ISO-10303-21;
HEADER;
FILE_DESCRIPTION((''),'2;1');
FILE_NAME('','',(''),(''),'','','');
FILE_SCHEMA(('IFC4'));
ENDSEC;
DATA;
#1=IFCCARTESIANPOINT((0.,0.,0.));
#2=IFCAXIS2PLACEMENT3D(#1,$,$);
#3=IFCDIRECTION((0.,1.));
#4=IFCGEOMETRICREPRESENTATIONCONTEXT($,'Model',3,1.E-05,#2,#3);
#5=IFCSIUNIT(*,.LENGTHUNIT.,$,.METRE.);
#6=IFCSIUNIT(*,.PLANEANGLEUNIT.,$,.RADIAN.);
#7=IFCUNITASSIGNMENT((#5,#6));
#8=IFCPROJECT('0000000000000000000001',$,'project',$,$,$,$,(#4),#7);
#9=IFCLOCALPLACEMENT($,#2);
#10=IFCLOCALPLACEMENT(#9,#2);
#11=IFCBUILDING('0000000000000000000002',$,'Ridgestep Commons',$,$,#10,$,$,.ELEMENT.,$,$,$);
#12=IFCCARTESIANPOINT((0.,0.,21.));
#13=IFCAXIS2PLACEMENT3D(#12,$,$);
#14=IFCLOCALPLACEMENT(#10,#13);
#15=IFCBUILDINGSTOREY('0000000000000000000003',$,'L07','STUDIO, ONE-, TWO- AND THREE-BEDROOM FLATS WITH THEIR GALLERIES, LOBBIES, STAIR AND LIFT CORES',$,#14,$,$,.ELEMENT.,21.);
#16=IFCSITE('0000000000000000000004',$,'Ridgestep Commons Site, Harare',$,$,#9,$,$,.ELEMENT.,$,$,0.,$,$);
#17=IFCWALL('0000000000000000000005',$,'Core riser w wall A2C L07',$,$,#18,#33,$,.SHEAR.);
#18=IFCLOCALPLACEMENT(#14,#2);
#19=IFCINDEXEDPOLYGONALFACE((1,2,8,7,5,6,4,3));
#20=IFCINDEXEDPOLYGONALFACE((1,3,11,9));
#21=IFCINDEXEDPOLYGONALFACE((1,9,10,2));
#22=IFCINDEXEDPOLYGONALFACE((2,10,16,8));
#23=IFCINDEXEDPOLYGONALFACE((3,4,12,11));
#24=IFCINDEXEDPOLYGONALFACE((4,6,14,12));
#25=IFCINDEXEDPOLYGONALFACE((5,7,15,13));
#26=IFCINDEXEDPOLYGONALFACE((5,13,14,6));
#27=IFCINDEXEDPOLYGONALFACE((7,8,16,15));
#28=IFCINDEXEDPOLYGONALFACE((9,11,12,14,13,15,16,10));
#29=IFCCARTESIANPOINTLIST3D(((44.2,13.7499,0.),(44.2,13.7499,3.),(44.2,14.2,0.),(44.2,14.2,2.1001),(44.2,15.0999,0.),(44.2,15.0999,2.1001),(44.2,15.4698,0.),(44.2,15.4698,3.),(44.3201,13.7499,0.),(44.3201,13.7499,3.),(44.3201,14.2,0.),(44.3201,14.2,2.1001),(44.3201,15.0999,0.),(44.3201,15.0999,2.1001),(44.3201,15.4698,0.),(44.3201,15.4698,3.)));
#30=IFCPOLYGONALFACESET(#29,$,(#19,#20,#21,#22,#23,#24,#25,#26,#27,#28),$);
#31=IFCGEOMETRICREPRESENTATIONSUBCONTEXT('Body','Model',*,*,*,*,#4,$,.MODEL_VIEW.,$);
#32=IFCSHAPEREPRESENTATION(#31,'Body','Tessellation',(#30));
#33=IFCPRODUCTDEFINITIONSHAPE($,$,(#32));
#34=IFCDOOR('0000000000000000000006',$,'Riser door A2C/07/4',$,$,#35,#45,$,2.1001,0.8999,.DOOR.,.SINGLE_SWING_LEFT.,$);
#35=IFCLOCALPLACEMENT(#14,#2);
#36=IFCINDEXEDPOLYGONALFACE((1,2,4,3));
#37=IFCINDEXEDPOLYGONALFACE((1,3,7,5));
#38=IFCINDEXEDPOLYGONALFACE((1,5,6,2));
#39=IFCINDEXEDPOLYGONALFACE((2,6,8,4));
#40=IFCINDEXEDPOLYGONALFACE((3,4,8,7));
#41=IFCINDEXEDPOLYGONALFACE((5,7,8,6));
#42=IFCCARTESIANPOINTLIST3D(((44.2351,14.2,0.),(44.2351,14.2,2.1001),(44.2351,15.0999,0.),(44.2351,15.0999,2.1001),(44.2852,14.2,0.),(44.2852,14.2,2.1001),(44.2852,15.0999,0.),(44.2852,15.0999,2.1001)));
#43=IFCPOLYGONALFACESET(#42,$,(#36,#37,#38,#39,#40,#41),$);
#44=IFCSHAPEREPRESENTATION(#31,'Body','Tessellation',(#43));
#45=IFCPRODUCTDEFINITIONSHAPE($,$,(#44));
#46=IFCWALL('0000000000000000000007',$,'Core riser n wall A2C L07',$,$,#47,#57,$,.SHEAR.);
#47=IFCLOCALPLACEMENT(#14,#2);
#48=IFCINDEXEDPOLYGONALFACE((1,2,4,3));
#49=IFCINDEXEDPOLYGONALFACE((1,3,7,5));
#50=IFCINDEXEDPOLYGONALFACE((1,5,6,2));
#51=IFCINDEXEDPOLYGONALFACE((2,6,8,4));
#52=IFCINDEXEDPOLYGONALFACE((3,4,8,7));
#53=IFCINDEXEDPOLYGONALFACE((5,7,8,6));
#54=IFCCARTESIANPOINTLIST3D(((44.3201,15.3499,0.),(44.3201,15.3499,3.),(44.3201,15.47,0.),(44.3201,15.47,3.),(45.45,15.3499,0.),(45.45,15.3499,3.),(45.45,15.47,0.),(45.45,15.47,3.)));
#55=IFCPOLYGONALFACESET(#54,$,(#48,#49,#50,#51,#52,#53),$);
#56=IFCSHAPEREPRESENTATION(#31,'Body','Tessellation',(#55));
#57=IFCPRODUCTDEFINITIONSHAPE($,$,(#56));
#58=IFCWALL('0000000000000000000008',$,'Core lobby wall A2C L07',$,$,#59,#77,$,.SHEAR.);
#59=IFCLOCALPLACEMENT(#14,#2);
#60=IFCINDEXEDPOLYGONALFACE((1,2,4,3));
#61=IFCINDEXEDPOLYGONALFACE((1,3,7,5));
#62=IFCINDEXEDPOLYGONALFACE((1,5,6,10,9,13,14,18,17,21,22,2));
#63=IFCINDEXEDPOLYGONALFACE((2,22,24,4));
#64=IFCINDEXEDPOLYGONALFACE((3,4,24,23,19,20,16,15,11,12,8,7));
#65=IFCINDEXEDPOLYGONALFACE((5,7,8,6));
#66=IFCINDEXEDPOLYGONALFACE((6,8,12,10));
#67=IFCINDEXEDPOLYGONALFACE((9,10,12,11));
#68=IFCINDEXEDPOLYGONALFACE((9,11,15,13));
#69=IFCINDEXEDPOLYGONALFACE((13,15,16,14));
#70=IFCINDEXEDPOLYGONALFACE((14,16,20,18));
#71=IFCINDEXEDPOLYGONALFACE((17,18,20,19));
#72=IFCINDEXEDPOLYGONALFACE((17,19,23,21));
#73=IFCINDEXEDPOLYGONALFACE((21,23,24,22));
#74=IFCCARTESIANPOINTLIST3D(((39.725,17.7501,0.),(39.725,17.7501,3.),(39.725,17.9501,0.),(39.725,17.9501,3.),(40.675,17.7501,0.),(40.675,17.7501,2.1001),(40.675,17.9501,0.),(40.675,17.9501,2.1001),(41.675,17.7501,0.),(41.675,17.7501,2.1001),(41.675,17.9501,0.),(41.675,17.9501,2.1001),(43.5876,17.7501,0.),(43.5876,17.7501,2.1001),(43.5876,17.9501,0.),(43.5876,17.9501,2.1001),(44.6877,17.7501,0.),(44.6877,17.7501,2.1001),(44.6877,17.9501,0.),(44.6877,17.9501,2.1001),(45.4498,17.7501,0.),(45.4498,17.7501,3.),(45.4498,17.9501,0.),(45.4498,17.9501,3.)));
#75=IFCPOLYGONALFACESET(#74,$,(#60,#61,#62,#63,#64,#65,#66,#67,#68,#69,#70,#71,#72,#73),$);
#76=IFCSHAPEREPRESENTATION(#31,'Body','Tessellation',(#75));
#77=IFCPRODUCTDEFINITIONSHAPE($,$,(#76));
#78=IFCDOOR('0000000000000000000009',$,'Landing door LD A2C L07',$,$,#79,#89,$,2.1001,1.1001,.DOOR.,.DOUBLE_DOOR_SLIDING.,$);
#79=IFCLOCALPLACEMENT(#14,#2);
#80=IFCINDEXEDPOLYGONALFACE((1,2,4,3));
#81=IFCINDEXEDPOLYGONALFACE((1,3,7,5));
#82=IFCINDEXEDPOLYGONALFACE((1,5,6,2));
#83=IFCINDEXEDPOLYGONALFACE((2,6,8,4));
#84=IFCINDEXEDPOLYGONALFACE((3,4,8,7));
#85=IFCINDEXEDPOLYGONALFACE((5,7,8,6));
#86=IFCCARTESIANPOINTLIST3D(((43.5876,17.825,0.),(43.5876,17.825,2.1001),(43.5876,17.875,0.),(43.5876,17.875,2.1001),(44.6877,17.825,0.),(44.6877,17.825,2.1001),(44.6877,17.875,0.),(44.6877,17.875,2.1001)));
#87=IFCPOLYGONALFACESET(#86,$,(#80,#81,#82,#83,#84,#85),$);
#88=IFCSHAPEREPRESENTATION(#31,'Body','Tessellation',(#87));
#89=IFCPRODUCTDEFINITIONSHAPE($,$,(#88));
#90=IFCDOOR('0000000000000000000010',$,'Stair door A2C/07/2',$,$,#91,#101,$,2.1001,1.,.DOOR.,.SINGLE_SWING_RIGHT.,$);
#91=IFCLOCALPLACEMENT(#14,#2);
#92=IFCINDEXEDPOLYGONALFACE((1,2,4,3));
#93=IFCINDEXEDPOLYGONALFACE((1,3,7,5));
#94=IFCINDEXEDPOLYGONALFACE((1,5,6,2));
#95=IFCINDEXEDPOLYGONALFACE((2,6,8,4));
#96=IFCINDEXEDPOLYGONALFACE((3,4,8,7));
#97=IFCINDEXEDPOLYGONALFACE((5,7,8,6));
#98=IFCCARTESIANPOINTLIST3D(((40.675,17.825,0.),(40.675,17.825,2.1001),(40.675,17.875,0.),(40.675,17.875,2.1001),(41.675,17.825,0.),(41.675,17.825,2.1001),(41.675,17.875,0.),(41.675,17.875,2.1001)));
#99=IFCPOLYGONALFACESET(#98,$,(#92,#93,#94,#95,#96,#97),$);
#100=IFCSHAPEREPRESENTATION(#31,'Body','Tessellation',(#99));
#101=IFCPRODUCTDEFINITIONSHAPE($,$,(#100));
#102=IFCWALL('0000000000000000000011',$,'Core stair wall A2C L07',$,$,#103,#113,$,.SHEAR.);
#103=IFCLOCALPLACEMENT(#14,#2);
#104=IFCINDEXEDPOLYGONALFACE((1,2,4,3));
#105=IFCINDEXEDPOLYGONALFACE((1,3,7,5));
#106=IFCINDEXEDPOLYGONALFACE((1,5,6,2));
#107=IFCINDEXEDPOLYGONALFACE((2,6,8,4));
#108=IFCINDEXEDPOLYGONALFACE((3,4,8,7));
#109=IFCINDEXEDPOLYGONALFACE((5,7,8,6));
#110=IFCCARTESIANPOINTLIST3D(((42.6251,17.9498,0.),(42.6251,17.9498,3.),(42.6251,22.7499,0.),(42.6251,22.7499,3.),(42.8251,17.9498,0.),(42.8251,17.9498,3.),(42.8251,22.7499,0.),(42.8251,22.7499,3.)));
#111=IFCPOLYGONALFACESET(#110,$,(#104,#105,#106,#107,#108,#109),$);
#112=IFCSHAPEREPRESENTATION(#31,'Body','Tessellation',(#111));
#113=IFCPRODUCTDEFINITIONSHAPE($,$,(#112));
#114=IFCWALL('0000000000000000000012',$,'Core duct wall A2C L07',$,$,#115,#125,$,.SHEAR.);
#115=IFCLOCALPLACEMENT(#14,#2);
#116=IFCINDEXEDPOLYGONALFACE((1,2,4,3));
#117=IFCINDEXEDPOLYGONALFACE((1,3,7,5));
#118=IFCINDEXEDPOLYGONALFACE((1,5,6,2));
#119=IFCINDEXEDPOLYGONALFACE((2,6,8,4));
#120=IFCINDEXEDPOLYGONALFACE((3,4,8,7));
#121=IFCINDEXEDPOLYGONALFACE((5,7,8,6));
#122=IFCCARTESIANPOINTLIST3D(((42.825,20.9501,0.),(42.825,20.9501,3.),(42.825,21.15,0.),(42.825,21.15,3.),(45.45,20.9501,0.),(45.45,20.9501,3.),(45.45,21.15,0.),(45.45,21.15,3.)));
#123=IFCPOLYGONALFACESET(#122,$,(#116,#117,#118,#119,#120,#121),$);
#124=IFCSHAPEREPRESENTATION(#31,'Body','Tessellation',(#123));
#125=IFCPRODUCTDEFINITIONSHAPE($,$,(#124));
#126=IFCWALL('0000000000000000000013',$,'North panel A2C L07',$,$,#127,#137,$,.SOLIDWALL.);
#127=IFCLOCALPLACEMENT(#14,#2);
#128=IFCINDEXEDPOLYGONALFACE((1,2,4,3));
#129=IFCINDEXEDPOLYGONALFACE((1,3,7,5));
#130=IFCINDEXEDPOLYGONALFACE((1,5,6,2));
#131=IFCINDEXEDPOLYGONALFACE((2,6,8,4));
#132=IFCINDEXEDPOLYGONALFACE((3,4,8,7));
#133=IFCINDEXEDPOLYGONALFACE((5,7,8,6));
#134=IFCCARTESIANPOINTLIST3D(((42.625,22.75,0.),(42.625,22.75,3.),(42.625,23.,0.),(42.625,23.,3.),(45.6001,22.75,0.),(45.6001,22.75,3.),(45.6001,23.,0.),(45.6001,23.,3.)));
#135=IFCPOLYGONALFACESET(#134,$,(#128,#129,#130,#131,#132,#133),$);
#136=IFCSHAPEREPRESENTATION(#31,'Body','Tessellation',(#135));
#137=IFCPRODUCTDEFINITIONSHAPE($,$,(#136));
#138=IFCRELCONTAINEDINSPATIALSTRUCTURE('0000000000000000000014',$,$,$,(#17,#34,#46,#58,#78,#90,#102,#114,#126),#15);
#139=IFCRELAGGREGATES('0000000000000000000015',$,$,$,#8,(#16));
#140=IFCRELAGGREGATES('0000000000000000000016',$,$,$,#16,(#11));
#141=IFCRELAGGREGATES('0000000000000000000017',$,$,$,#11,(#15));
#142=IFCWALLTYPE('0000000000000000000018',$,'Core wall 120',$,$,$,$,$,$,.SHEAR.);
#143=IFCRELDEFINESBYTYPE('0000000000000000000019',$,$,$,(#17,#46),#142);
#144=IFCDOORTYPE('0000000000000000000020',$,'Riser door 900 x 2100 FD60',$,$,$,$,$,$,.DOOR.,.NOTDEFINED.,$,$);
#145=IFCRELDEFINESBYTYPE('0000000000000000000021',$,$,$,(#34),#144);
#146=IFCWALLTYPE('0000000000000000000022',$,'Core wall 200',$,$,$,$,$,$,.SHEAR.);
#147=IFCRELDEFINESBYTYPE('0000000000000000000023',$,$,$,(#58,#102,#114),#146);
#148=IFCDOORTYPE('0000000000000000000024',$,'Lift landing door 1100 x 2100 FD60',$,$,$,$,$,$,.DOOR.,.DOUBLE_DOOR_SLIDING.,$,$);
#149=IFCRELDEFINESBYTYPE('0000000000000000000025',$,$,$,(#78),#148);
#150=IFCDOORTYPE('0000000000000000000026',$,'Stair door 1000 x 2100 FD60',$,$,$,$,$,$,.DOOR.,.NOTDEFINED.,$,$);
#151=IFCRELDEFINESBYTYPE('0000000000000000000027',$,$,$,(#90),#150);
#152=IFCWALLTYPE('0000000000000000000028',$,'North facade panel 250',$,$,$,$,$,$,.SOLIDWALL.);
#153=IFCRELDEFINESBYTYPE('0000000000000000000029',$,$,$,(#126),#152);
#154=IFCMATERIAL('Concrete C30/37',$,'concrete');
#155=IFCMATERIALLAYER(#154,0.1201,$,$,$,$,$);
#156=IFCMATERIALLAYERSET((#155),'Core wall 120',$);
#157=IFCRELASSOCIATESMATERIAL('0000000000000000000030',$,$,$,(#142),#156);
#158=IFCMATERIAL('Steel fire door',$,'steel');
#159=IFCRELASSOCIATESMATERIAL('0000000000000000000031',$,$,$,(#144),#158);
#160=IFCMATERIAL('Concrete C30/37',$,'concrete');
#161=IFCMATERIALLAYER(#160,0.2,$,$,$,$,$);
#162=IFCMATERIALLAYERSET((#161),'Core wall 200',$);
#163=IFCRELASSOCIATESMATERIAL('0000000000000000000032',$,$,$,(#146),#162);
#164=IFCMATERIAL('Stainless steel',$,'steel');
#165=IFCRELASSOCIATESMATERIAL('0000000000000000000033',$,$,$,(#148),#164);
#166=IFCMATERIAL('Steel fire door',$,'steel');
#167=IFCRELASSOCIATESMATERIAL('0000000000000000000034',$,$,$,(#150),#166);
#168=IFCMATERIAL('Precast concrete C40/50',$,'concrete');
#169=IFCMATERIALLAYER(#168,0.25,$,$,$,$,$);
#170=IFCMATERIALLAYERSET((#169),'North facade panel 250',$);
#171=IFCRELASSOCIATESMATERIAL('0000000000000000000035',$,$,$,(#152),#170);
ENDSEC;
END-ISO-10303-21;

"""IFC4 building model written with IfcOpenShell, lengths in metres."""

from ifc_helpers import new_model, si_unit, direction, frame, frame_2d, origin, place, context, subcontext, project, spatial, rectangle, extrude, material, layer, layer_set, type_object, element, fill, save


model = new_model("IFC4")

# Units and contexts
model_context = context("Model", 3, precision=1e-05, world=origin(), true_north=direction((0.0, 1.0)))
body_context = subcontext(model_context, "Body", "Model", "MODEL_VIEW")
ifc_project = project(units=[si_unit("LENGTHUNIT", "METRE"), si_unit("PLANEANGLEUNIT", "RADIAN")], contexts=[model_context])

# Site, building, storey
site_placement = place(None, origin())
site = spatial("IfcSite", under=ifc_project, at=site_placement, Name="Ridgestep Commons Site, Harare", CompositionType="ELEMENT", RefElevation=0.0)
building_placement = place(site_placement, origin())
building = spatial("IfcBuilding", under=site, at=building_placement, Name="Ridgestep Commons", CompositionType="ELEMENT")
storey_placement = place(building_placement, frame((0.0, 0.0, 21.0)))
storey = spatial("IfcBuildingStorey", under=building, at=storey_placement, Name="L07", Description="STUDIO, ONE-, TWO- AND THREE-BEDROOM FLATS WITH THEIR GALLERIES, LOBBIES, STAIR AND LIFT CORES", CompositionType="ELEMENT", Elevation=21.0)

# Wall, opening, door
ifc_material_1 = material(Name="Concrete C30/37", Category="concrete")
ifc_layer_1 = layer(ifc_material_1, 0.1201)
ifc_layer_set_1 = layer_set([ifc_layer_1], Name="Core wall 120")
wall_type_1 = type_object("IfcWallType", Name="Core wall 120", PredefinedType="SHEAR", material=ifc_layer_set_1)
wall_1_placement = place(storey_placement, frame((44.26, 13.75, 0.0), z_axis=(0.0, 0.0, 1.0), x_axis=(0.0, 1.0, 0.0)))
wall_1 = element("IfcWall", 1, at=wall_1_placement, inside=storey, type_object=wall_type_1, Name="Core riser w wall A2C L07", PredefinedType="SHEAR", context=body_context, shape_type="SweptSolid", body=[
    extrude(rectangle(XDim=1.72, YDim=0.1201, at=frame_2d((0.8599, 0.0))), origin(), (0.0, 0.0, 1.0), 3.0),
])
opening_1_placement = place(wall_1_placement, frame((0.45, 0.0, 0.0)))
opening_1 = element("IfcOpeningElement", 2, at=opening_1_placement, cuts=wall_1, PredefinedType="OPENING", context=body_context, shape_type="SweptSolid", body=[
    extrude(rectangle(XDim=0.8999, YDim=2.1001, at=frame_2d((0.45, 1.05))), frame((0.0, 0.0701, 0.0), z_axis=(0.0, -1.0, 0.0), x_axis=(1.0, 0.0, 0.0)), (0.0, 0.0, 1.0), 0.1401),
])
ifc_material_2 = material(Name="Steel fire door", Category="steel")
door_type_1 = type_object("IfcDoorType", Name="Riser door 900 x 2100 FD60", OperationType="NOTDEFINED", PredefinedType="DOOR", material=ifc_material_2)
door_1_placement = place(opening_1_placement, origin())
door_1 = element("IfcDoor", 3, at=door_1_placement, inside=storey, type_object=door_type_1, Name="Riser door A2C/07/4", OperationType="SINGLE_SWING_LEFT", OverallHeight=2.1001, OverallWidth=0.8999, PredefinedType="DOOR", context=body_context, shape_type="SweptSolid", body=[
    extrude(rectangle(XDim=0.8999, YDim=2.1001, at=frame_2d((0.45, 1.05))), frame((0.0, 0.0249, 0.0), z_axis=(0.0, -1.0, 0.0), x_axis=(1.0, 0.0, 0.0)), (0.0, 0.0, 1.0), 0.05),
])
fill(opening_1, door_1)

# Wall
wall_2_placement = place(storey_placement, frame((44.3201, 15.4099, 0.0), z_axis=(0.0, 0.0, 1.0), x_axis=(1.0, 0.0, 0.0)))
element("IfcWall", 4, at=wall_2_placement, inside=storey, type_object=wall_type_1, Name="Core riser n wall A2C L07", PredefinedType="SHEAR", context=body_context, shape_type="SweptSolid", body=[
    extrude(rectangle(XDim=1.1299, YDim=0.1201, at=frame_2d((0.5649, 0.0))), origin(), (0.0, 0.0, 1.0), 3.0),
])

# Wall, openings, doors
ifc_material_3 = material(Name="Concrete C30/37", Category="concrete")
ifc_layer_2 = layer(ifc_material_3, 0.2)
ifc_layer_set_2 = layer_set([ifc_layer_2], Name="Core wall 200")
wall_type_2 = type_object("IfcWallType", Name="Core wall 200", PredefinedType="SHEAR", material=ifc_layer_set_2)
wall_3_placement = place(storey_placement, frame((39.7251, 17.8501, 0.0), z_axis=(0.0, 0.0, 1.0), x_axis=(1.0, 0.0, 0.0)))
wall_3 = element("IfcWall", 5, at=wall_3_placement, inside=storey, type_object=wall_type_2, Name="Core lobby wall A2C L07", PredefinedType="SHEAR", context=body_context, shape_type="SweptSolid", body=[
    extrude(rectangle(XDim=5.7249, YDim=0.2, at=frame_2d((2.8623, 0.0))), origin(), (0.0, 0.0, 1.0), 3.0),
])
opening_2_placement = place(wall_3_placement, frame((0.95, 0.0, 0.0)))
opening_2 = element("IfcOpeningElement", 6, at=opening_2_placement, cuts=wall_3, PredefinedType="OPENING", context=body_context, shape_type="SweptSolid", body=[
    extrude(rectangle(XDim=1.0, YDim=2.1001, at=frame_2d((0.5, 1.05))), frame((0.0, 0.1099, 0.0), z_axis=(0.0, -1.0, 0.0), x_axis=(1.0, 0.0, 0.0)), (0.0, 0.0, 1.0), 0.22),
])
opening_3_placement = place(wall_3_placement, frame((3.8625, 0.0, 0.0)))
opening_3 = element("IfcOpeningElement", 7, at=opening_3_placement, cuts=wall_3, PredefinedType="OPENING", context=body_context, shape_type="SweptSolid", body=[
    extrude(rectangle(XDim=1.1001, YDim=2.1001, at=frame_2d((0.55, 1.05))), frame((0.0, 0.1099, 0.0), z_axis=(0.0, -1.0, 0.0), x_axis=(1.0, 0.0, 0.0)), (0.0, 0.0, 1.0), 0.22),
])
ifc_material_4 = material(Name="Stainless steel", Category="steel")
door_type_2 = type_object("IfcDoorType", Name="Lift landing door 1100 x 2100 FD60", OperationType="DOUBLE_DOOR_SLIDING", PredefinedType="DOOR", material=ifc_material_4)
door_2_placement = place(opening_3_placement, origin())
door_2 = element("IfcDoor", 8, at=door_2_placement, inside=storey, type_object=door_type_2, Name="Landing door LD A2C L07", OperationType="DOUBLE_DOOR_SLIDING", OverallHeight=2.1001, OverallWidth=1.1001, PredefinedType="DOOR", context=body_context, shape_type="SweptSolid", body=[
    extrude(rectangle(XDim=1.1001, YDim=2.1001, at=frame_2d((0.55, 1.05))), frame((0.0, 0.0249, 0.0), z_axis=(0.0, -1.0, 0.0), x_axis=(1.0, 0.0, 0.0)), (0.0, 0.0, 1.0), 0.05),
])
fill(opening_3, door_2)
ifc_material_5 = material(Name="Steel fire door", Category="steel")
door_type_3 = type_object("IfcDoorType", Name="Stair door 1000 x 2100 FD60", OperationType="NOTDEFINED", PredefinedType="DOOR", material=ifc_material_5)
door_3_placement = place(opening_2_placement, origin())
door_3 = element("IfcDoor", 9, at=door_3_placement, inside=storey, type_object=door_type_3, Name="Stair door A2C/07/2", OperationType="SINGLE_SWING_RIGHT", OverallHeight=2.1001, OverallWidth=1.0, PredefinedType="DOOR", context=body_context, shape_type="SweptSolid", body=[
    extrude(rectangle(XDim=1.0, YDim=2.1001, at=frame_2d((0.5, 1.05))), frame((0.0, 0.0249, 0.0), z_axis=(0.0, -1.0, 0.0), x_axis=(1.0, 0.0, 0.0)), (0.0, 0.0, 1.0), 0.05),
])
fill(opening_2, door_3)

# Walls
wall_4_placement = place(storey_placement, frame((42.7251, 17.95, 0.0), z_axis=(0.0, 0.0, 1.0), x_axis=(0.0, 1.0, 0.0)))
element("IfcWall", 10, at=wall_4_placement, inside=storey, type_object=wall_type_2, Name="Core stair wall A2C L07", PredefinedType="SHEAR", context=body_context, shape_type="SweptSolid", body=[
    extrude(rectangle(XDim=4.8, YDim=0.2, at=frame_2d((2.3999, 0.0))), origin(), (0.0, 0.0, 1.0), 3.0),
])
wall_5_placement = place(storey_placement, frame((42.825, 21.05, 0.0), z_axis=(0.0, 0.0, 1.0), x_axis=(1.0, 0.0, 0.0)))
element("IfcWall", 11, at=wall_5_placement, inside=storey, type_object=wall_type_2, Name="Core duct wall A2C L07", PredefinedType="SHEAR", context=body_context, shape_type="SweptSolid", body=[
    extrude(rectangle(XDim=2.625, YDim=0.2, at=frame_2d((1.3125, 0.0))), origin(), (0.0, 0.0, 1.0), 3.0),
])
ifc_material_6 = material(Name="Precast concrete C40/50", Category="concrete")
ifc_layer_3 = layer(ifc_material_6, 0.25)
ifc_layer_set_3 = layer_set([ifc_layer_3], Name="North facade panel 250")
wall_type_3 = type_object("IfcWallType", Name="North facade panel 250", PredefinedType="SOLIDWALL", material=ifc_layer_set_3)
wall_6_placement = place(storey_placement, frame((42.625, 22.875, 0.0), z_axis=(0.0, 0.0, 1.0), x_axis=(1.0, 0.0, 0.0)))
element("IfcWall", 12, at=wall_6_placement, inside=storey, type_object=wall_type_3, Name="North panel A2C L07", PredefinedType="SOLIDWALL", context=body_context, shape_type="SweptSolid", body=[
    extrude(rectangle(XDim=2.9751, YDim=0.25, at=frame_2d((1.4875, 0.0))), origin(), (0.0, 0.0, 1.0), 3.0),
])

save(model, "model.ifc")
